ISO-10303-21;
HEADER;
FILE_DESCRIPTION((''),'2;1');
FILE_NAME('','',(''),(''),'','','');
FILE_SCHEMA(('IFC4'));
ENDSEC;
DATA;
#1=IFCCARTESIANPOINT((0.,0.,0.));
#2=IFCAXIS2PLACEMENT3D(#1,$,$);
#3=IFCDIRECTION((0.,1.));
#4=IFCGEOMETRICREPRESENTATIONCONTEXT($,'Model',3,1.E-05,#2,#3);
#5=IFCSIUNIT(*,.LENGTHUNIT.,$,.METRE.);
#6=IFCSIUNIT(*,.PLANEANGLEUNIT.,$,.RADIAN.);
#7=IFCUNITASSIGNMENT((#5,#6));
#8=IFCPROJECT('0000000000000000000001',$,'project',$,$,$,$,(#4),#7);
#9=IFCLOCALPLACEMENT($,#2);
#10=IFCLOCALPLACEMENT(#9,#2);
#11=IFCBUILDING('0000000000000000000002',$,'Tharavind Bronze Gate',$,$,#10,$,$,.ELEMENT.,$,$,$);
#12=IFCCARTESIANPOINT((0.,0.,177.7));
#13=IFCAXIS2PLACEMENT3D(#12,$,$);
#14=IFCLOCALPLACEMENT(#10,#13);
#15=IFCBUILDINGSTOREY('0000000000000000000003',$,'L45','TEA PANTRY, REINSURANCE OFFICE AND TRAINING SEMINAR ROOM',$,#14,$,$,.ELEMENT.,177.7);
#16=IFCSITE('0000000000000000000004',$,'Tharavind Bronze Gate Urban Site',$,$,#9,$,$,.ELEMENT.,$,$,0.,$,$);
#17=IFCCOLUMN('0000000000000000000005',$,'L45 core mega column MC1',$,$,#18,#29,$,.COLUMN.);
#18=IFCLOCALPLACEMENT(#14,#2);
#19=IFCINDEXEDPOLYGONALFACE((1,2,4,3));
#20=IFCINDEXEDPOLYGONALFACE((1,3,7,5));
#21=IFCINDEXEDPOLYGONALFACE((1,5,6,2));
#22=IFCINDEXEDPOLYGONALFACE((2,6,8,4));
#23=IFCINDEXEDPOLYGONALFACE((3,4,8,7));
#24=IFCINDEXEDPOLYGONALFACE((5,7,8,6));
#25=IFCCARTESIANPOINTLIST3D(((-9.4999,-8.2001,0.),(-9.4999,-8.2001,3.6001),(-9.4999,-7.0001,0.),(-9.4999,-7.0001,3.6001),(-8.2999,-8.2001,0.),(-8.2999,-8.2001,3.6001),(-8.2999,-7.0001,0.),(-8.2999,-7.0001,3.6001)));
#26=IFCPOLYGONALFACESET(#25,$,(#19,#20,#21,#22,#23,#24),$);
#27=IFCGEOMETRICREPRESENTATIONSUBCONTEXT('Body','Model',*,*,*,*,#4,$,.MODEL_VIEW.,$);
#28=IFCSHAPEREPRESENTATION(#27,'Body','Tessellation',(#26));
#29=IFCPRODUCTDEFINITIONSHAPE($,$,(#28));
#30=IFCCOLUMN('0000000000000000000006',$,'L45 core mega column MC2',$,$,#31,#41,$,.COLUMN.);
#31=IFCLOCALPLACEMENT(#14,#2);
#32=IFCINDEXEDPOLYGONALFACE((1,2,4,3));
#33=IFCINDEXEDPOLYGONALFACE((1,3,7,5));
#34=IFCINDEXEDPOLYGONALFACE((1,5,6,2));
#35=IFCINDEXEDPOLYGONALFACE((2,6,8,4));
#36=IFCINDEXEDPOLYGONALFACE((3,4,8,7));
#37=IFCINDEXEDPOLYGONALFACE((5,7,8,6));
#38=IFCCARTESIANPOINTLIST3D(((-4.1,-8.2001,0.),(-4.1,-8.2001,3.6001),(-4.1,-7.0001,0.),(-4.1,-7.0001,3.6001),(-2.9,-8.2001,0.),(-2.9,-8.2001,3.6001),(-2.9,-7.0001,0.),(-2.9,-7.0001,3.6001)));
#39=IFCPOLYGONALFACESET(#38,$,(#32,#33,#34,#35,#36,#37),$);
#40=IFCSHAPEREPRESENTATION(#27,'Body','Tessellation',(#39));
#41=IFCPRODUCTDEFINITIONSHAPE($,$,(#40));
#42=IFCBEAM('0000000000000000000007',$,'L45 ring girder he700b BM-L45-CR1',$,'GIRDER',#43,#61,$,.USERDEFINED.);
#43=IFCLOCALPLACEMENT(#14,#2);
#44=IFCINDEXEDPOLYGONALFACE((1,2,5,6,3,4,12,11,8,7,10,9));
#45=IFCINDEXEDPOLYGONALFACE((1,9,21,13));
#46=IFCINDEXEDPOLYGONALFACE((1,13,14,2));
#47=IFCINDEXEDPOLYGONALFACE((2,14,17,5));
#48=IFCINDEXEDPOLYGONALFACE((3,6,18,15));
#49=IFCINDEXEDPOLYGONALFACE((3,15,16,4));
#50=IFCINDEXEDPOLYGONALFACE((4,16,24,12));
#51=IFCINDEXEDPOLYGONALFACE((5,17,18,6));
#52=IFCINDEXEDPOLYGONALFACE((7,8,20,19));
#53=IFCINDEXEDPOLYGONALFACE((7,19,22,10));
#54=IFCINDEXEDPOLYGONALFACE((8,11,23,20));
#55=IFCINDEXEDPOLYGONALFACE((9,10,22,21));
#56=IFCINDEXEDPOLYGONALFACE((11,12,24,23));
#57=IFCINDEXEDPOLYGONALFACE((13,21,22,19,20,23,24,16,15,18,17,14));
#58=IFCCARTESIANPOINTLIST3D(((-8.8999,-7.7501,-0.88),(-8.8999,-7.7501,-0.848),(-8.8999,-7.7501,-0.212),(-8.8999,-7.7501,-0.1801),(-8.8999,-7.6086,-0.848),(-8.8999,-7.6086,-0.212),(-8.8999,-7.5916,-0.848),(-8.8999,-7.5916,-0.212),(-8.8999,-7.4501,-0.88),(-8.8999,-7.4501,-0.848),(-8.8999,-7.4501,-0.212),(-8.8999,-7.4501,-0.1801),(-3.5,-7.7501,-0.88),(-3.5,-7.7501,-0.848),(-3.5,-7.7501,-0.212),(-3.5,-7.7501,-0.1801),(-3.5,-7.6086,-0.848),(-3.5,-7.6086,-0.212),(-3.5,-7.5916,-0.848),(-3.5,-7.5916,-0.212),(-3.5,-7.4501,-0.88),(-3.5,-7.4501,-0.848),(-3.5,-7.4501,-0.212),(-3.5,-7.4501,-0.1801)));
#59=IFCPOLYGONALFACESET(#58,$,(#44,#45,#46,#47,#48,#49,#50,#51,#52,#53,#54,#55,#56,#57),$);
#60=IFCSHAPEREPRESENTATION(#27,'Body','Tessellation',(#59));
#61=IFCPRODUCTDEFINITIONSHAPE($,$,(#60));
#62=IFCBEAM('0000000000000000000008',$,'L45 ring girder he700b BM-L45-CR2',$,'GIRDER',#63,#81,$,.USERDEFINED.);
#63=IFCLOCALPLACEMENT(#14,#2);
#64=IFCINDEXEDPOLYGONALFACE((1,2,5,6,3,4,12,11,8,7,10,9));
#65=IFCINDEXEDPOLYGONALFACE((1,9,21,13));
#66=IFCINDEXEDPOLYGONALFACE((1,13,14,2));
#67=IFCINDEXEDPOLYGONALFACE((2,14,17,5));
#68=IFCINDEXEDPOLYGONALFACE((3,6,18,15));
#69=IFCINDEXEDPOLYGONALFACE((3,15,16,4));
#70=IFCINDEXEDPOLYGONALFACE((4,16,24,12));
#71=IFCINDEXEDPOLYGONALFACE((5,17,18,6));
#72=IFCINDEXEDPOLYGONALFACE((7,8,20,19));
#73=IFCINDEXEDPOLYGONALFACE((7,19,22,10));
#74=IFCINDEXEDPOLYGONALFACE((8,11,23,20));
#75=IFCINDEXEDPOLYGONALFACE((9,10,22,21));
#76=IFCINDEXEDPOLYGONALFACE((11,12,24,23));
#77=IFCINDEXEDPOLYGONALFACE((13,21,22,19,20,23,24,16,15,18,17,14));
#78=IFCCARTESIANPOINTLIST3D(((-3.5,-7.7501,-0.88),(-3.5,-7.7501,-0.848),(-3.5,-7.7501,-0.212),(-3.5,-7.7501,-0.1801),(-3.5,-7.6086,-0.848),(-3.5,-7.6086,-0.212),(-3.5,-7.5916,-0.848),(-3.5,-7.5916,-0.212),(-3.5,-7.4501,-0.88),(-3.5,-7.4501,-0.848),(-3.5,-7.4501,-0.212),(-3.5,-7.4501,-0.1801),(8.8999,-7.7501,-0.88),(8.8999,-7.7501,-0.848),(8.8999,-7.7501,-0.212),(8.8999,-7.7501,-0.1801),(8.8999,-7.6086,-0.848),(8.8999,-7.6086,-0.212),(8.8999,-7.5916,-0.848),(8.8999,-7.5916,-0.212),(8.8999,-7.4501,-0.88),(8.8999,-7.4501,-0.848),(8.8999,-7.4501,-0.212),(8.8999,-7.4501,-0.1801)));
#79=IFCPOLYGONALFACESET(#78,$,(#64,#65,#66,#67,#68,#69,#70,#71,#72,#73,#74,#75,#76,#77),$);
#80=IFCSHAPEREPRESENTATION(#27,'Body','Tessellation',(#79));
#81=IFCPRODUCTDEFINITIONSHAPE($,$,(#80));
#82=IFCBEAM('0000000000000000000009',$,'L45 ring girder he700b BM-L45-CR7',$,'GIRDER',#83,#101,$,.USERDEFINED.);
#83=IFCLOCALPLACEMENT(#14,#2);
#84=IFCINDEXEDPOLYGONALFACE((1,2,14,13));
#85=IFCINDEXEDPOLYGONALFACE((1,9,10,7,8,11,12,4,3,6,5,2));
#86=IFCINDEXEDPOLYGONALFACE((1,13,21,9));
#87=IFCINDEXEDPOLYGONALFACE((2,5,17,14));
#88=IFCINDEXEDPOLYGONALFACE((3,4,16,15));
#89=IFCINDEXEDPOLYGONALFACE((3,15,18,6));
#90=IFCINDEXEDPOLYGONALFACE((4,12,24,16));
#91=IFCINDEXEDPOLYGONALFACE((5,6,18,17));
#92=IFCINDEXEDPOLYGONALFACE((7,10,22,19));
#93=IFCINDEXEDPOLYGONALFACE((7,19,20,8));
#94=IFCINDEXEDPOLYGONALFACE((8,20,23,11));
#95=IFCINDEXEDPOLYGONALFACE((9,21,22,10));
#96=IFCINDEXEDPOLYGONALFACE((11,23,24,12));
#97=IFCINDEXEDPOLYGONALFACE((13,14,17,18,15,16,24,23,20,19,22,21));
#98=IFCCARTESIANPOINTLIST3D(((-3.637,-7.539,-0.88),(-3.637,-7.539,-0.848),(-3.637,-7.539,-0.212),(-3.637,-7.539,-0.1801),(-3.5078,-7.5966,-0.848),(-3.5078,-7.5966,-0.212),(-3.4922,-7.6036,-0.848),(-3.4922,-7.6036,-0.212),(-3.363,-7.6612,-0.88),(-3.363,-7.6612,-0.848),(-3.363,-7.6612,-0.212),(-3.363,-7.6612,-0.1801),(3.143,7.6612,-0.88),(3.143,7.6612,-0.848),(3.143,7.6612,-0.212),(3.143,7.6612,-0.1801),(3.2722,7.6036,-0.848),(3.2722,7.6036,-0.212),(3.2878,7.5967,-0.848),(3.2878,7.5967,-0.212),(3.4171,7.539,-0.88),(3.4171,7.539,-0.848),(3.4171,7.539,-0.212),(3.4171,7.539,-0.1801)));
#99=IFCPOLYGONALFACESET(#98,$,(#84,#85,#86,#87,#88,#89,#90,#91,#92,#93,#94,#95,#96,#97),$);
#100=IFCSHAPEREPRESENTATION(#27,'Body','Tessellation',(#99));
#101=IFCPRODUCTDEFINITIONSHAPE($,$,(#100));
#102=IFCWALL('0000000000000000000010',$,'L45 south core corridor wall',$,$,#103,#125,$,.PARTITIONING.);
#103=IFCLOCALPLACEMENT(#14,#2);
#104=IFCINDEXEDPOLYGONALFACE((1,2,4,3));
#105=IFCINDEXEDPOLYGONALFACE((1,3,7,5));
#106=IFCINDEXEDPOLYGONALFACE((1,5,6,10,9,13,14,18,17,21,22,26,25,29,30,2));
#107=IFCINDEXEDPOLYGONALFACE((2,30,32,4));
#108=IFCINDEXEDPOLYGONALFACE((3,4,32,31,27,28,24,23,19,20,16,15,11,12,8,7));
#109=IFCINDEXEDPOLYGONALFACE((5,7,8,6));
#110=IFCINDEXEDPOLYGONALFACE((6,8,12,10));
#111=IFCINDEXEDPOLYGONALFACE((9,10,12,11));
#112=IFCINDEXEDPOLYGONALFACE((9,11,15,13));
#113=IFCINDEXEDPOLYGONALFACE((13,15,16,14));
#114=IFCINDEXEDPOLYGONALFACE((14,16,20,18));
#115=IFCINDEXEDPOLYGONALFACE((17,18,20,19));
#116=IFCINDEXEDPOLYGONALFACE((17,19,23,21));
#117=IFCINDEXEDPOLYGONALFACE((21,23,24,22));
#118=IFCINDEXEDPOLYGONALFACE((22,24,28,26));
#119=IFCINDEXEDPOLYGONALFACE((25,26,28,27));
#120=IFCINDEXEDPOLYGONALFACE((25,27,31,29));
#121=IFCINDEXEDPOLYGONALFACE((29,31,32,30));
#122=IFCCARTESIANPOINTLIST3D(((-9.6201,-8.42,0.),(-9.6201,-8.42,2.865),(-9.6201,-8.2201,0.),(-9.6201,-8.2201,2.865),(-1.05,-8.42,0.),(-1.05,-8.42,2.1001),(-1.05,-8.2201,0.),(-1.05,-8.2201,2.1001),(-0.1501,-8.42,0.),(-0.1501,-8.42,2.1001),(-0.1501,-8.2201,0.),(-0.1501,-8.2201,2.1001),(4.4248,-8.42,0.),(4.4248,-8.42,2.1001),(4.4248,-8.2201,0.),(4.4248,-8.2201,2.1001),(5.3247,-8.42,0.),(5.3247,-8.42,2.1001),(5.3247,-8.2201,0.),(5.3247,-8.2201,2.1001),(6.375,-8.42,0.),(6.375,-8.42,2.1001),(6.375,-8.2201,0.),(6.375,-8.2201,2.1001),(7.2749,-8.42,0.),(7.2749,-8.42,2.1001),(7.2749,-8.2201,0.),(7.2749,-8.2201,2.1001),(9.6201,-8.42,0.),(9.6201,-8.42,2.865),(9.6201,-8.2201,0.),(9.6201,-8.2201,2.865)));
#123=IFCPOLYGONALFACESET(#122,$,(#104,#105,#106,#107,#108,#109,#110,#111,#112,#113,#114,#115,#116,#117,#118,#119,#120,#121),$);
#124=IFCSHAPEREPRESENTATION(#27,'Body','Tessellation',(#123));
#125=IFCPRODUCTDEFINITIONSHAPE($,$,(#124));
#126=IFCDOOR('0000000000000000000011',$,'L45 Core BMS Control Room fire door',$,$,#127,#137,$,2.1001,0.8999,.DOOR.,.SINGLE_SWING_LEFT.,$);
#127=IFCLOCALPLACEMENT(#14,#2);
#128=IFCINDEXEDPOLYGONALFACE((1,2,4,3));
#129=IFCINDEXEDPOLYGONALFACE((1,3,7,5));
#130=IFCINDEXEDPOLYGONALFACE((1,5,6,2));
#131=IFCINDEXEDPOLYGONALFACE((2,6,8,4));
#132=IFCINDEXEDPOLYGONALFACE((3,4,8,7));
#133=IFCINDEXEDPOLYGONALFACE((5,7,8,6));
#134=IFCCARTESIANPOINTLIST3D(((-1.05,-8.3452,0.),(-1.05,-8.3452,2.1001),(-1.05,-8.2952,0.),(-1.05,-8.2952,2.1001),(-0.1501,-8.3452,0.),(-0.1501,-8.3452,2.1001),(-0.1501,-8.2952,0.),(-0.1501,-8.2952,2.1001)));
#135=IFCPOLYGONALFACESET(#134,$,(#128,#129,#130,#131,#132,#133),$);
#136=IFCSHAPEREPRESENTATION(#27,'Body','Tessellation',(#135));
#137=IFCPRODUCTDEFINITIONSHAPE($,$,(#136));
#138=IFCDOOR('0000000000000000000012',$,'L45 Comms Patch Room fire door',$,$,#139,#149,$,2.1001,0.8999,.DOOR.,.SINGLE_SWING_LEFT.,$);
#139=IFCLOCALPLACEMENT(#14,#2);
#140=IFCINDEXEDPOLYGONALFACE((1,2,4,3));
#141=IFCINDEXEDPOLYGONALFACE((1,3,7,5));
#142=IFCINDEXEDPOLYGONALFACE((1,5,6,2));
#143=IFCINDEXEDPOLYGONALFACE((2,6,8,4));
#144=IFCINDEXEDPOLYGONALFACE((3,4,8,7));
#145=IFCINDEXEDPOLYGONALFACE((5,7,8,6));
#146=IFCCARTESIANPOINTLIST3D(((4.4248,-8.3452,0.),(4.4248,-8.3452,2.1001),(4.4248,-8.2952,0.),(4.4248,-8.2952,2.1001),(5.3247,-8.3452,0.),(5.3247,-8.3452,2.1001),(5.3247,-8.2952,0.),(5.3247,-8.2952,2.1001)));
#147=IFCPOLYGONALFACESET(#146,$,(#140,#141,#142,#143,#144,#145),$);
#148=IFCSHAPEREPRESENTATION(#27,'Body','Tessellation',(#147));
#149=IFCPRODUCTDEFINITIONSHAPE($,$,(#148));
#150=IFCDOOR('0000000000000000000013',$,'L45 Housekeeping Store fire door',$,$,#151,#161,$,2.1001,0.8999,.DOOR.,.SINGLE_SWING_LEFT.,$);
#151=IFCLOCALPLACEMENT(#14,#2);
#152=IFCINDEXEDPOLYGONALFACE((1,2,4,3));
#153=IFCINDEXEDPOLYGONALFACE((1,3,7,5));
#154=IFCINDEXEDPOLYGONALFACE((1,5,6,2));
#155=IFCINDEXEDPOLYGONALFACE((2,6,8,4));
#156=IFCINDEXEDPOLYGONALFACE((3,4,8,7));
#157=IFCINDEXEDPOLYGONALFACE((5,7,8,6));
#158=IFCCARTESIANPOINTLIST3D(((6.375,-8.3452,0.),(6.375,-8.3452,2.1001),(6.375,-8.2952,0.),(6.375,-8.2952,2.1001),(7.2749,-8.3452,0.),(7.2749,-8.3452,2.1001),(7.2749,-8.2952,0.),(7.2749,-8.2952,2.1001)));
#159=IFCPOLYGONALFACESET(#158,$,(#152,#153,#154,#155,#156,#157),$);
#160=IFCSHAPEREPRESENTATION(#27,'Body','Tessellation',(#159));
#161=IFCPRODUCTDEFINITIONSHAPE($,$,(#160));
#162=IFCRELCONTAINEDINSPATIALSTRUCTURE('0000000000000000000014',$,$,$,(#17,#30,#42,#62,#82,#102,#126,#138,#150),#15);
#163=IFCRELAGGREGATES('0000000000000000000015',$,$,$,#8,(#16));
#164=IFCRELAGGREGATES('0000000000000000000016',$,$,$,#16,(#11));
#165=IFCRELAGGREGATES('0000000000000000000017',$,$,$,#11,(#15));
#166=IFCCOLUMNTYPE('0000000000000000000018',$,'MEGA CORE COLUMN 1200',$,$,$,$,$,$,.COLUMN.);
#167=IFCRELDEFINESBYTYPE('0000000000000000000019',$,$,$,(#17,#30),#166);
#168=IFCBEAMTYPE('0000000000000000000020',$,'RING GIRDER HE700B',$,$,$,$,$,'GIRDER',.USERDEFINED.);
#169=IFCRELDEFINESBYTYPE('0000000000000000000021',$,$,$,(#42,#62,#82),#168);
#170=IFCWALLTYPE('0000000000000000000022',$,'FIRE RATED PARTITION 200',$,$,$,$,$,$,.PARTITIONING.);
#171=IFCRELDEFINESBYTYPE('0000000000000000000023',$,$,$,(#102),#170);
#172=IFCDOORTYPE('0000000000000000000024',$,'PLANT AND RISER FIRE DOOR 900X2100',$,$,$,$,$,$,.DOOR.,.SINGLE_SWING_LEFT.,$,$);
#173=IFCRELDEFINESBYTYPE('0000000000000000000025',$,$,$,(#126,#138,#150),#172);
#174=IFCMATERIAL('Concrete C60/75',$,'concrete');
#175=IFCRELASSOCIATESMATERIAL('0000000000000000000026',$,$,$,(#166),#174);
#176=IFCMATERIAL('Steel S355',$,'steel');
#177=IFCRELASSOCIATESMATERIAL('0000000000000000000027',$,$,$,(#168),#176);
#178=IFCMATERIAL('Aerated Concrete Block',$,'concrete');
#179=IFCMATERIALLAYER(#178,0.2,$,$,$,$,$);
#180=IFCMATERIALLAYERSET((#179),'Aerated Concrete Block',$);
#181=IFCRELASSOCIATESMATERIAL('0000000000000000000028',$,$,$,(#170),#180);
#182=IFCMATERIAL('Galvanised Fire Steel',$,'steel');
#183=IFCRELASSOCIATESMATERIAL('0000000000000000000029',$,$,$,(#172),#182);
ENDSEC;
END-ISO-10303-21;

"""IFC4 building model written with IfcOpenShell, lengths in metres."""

from ifc_helpers import new_model, si_unit, direction, frame, frame_2d, origin, origin_2d, place, context, subcontext, project, spatial, rectangle, i_section, extrude, material, layer, layer_set, material_profile, profile_set, type_object, element, fill, save


model = new_model("IFC4")

# Units and contexts
model_context = context("Model", 3, precision=1e-05, world=origin(), true_north=direction((0.0, 1.0)))
body_context = subcontext(model_context, "Body", "Model", "MODEL_VIEW")
ifc_project = project(units=[si_unit("LENGTHUNIT", "METRE"), si_unit("PLANEANGLEUNIT", "RADIAN")], contexts=[model_context])

# Site, building, storey
site_placement = place(None, origin())
site = spatial("IfcSite", under=ifc_project, at=site_placement, Name="Tharavind Bronze Gate Urban Site", CompositionType="ELEMENT", RefElevation=0.0)
building_placement = place(site_placement, origin())
building = spatial("IfcBuilding", under=site, at=building_placement, Name="Tharavind Bronze Gate", CompositionType="ELEMENT")
storey_placement = place(building_placement, frame((0.0, 0.0, 177.7)))
storey = spatial("IfcBuildingStorey", under=building, at=storey_placement, Name="L45", Description="TEA PANTRY, REINSURANCE OFFICE AND TRAINING SEMINAR ROOM", CompositionType="ELEMENT", Elevation=177.7)

# Columns
ifc_material_1 = material(Name="Concrete C60/75", Category="concrete")
ifc_material_profile_1 = material_profile(ifc_material_1, rectangle(XDim=1.2, YDim=1.2, at=origin_2d()), Name="RCCOL1200")
ifc_profile_set_1 = profile_set([ifc_material_profile_1], Name="Concrete C60/75")
column_type = type_object("IfcColumnType", Name="MEGA CORE COLUMN 1200", PredefinedType="COLUMN", material=ifc_profile_set_1)
for number, where, z_axis, x_axis, name in (
    (1, (-8.8999, -7.6001, 0.0), (0.0, 0.0, 1.0), (1.0, 0.0, 0.0), "L45 core mega column MC1"),
    (2, (-3.5, -7.6001, 0.0), (0.0, 0.0, 1.0), (1.0, 0.0, 0.0), "L45 core mega column MC2"),
):
    element("IfcColumn", number, at=place(storey_placement, frame(where, z_axis=z_axis, x_axis=x_axis)), inside=storey, type_object=column_type, Name=name, PredefinedType="COLUMN", context=body_context, shape_type="SweptSolid", body=[
        extrude(rectangle(XDim=1.2, YDim=1.2, at=origin_2d()), origin(), (0.0, 0.0, 1.0), 3.6001),
    ])

# Beams
ifc_material_2 = material(Name="Steel S355", Category="steel")
ifc_material_profile_2 = material_profile(ifc_material_2, i_section(OverallWidth=0.3, OverallDepth=0.7, WebThickness=0.0171, FlangeThickness=0.032, at=origin_2d()), Name="HE700B")
ifc_profile_set_2 = profile_set([ifc_material_profile_2], Name="Steel S355")
beam_type = type_object("IfcBeamType", Name="RING GIRDER HE700B", ElementType="GIRDER", PredefinedType="USERDEFINED", material=ifc_profile_set_2)
beam_1_placement = place(storey_placement, frame((-8.8999, -7.6001, -0.53), z_axis=(1.0, 0.0, 0.0), x_axis=(0.0, 1.0, 0.0)))
element("IfcBeam", 3, at=beam_1_placement, inside=storey, type_object=beam_type, Name="L45 ring girder he700b BM-L45-CR1", ObjectType="GIRDER", PredefinedType="USERDEFINED", context=body_context, shape_type="SweptSolid", body=[
    extrude(i_section(OverallWidth=0.3, OverallDepth=0.7, WebThickness=0.0171, FlangeThickness=0.032, at=origin_2d()), origin(), (0.0, 0.0, 1.0), 5.3999),
])
beam_2_placement = place(storey_placement, frame((-3.5, -7.6001, -0.53), z_axis=(1.0, 0.0, 0.0), x_axis=(0.0, 1.0, 0.0)))
element("IfcBeam", 4, at=beam_2_placement, inside=storey, type_object=beam_type, Name="L45 ring girder he700b BM-L45-CR2", ObjectType="GIRDER", PredefinedType="USERDEFINED", context=body_context, shape_type="SweptSolid", body=[
    extrude(i_section(OverallWidth=0.3, OverallDepth=0.7, WebThickness=0.0171, FlangeThickness=0.032, at=origin_2d()), origin(), (0.0, 0.0, 1.0), 12.3999),
])
beam_3_placement = place(storey_placement, frame((-3.5, -7.6001, -0.53), z_axis=(0.407362, 0.913267, 0.0), x_axis=(-0.913267, 0.407362, 0.0)))
element("IfcBeam", 5, at=beam_3_placement, inside=storey, type_object=beam_type, Name="L45 ring girder he700b BM-L45-CR7", ObjectType="GIRDER", PredefinedType="USERDEFINED", context=body_context, shape_type="SweptSolid", body=[
    extrude(i_section(OverallWidth=0.3, OverallDepth=0.7, WebThickness=0.0171, FlangeThickness=0.032, at=origin_2d()), origin(), (0.0, 0.0, 1.0), 16.6438),
])

# Wall, openings, doors
ifc_material_3 = material(Name="Aerated Concrete Block", Category="concrete")
ifc_layer_1 = layer(ifc_material_3, 0.2)
ifc_layer_set_1 = layer_set([ifc_layer_1], Name="Aerated Concrete Block")
wall_type_1 = type_object("IfcWallType", Name="FIRE RATED PARTITION 200", PredefinedType="PARTITIONING", material=ifc_layer_set_1)
wall_1_placement = place(storey_placement, frame((-9.6201, -8.3201, 0.0), z_axis=(0.0, 0.0, 1.0), x_axis=(1.0, 0.0, 0.0)))
wall_1 = element("IfcWall", 6, at=wall_1_placement, inside=storey, type_object=wall_type_1, Name="L45 south core corridor wall", PredefinedType="PARTITIONING", context=body_context, shape_type="SweptSolid", body=[
    extrude(rectangle(XDim=19.2402, YDim=0.2, at=frame_2d((9.6201, 0.0))), origin(), (0.0, 0.0, 1.0), 2.865),
])
opening_1_placement = place(wall_1_placement, frame((8.5701, 0.0, 0.0)))
opening_1 = element("IfcOpeningElement", 7, at=opening_1_placement, cuts=wall_1, PredefinedType="OPENING", context=body_context, shape_type="SweptSolid", body=[
    extrude(rectangle(XDim=0.8999, YDim=2.1001, at=frame_2d((0.45, 1.05))), frame((0.0, 0.1101, 0.0), z_axis=(0.0, -1.0, 0.0), x_axis=(1.0, 0.0, 0.0)), (0.0, 0.0, 1.0), 0.22),
])
opening_2_placement = place(wall_1_placement, frame((14.0449, 0.0, 0.0)))
opening_2 = element("IfcOpeningElement", 8, at=opening_2_placement, cuts=wall_1, PredefinedType="OPENING", context=body_context, shape_type="SweptSolid", body=[
    extrude(rectangle(XDim=0.8999, YDim=2.1001, at=frame_2d((0.45, 1.05))), frame((0.0, 0.1101, 0.0), z_axis=(0.0, -1.0, 0.0), x_axis=(1.0, 0.0, 0.0)), (0.0, 0.0, 1.0), 0.22),
])
opening_3_placement = place(wall_1_placement, frame((15.9951, 0.0, 0.0)))
opening_3 = element("IfcOpeningElement", 9, at=opening_3_placement, cuts=wall_1, PredefinedType="OPENING", context=body_context, shape_type="SweptSolid", body=[
    extrude(rectangle(XDim=0.8999, YDim=2.1001, at=frame_2d((0.45, 1.05))), frame((0.0, 0.1101, 0.0), z_axis=(0.0, -1.0, 0.0), x_axis=(1.0, 0.0, 0.0)), (0.0, 0.0, 1.0), 0.22),
])
ifc_material_4 = material(Name="Galvanised Fire Steel", Category="steel")
door_type_1 = type_object("IfcDoorType", Name="PLANT AND RISER FIRE DOOR 900X2100", OperationType="SINGLE_SWING_LEFT", PredefinedType="DOOR", material=ifc_material_4)
door_1_placement = place(opening_1_placement, origin())
door_1 = element("IfcDoor", 10, at=door_1_placement, inside=storey, type_object=door_type_1, Name="L45 Core BMS Control Room fire door", OperationType="SINGLE_SWING_LEFT", OverallHeight=2.1001, OverallWidth=0.8999, PredefinedType="DOOR", context=body_context, shape_type="SweptSolid", body=[
    extrude(rectangle(XDim=0.8999, YDim=2.1001, at=frame_2d((0.45, 1.05))), frame((0.0, 0.0249, 0.0), z_axis=(0.0, -1.0, 0.0), x_axis=(1.0, 0.0, 0.0)), (0.0, 0.0, 1.0), 0.05),
])
fill(opening_1, door_1)
door_2_placement = place(opening_2_placement, origin())
door_2 = element("IfcDoor", 11, at=door_2_placement, inside=storey, type_object=door_type_1, Name="L45 Comms Patch Room fire door", OperationType="SINGLE_SWING_LEFT", OverallHeight=2.1001, OverallWidth=0.8999, PredefinedType="DOOR", context=body_context, shape_type="SweptSolid", body=[
    extrude(rectangle(XDim=0.8999, YDim=2.1001, at=frame_2d((0.45, 1.05))), frame((0.0, 0.0249, 0.0), z_axis=(0.0, -1.0, 0.0), x_axis=(1.0, 0.0, 0.0)), (0.0, 0.0, 1.0), 0.05),
])
fill(opening_2, door_2)
door_3_placement = place(opening_3_placement, origin())
door_3 = element("IfcDoor", 12, at=door_3_placement, inside=storey, type_object=door_type_1, Name="L45 Housekeeping Store fire door", OperationType="SINGLE_SWING_LEFT", OverallHeight=2.1001, OverallWidth=0.8999, PredefinedType="DOOR", context=body_context, shape_type="SweptSolid", body=[
    extrude(rectangle(XDim=0.8999, YDim=2.1001, at=frame_2d((0.45, 1.05))), frame((0.0, 0.0249, 0.0), z_axis=(0.0, -1.0, 0.0), x_axis=(1.0, 0.0, 0.0)), (0.0, 0.0, 1.0), 0.05),
])
fill(opening_3, door_3)

save(model, "model.ifc")
